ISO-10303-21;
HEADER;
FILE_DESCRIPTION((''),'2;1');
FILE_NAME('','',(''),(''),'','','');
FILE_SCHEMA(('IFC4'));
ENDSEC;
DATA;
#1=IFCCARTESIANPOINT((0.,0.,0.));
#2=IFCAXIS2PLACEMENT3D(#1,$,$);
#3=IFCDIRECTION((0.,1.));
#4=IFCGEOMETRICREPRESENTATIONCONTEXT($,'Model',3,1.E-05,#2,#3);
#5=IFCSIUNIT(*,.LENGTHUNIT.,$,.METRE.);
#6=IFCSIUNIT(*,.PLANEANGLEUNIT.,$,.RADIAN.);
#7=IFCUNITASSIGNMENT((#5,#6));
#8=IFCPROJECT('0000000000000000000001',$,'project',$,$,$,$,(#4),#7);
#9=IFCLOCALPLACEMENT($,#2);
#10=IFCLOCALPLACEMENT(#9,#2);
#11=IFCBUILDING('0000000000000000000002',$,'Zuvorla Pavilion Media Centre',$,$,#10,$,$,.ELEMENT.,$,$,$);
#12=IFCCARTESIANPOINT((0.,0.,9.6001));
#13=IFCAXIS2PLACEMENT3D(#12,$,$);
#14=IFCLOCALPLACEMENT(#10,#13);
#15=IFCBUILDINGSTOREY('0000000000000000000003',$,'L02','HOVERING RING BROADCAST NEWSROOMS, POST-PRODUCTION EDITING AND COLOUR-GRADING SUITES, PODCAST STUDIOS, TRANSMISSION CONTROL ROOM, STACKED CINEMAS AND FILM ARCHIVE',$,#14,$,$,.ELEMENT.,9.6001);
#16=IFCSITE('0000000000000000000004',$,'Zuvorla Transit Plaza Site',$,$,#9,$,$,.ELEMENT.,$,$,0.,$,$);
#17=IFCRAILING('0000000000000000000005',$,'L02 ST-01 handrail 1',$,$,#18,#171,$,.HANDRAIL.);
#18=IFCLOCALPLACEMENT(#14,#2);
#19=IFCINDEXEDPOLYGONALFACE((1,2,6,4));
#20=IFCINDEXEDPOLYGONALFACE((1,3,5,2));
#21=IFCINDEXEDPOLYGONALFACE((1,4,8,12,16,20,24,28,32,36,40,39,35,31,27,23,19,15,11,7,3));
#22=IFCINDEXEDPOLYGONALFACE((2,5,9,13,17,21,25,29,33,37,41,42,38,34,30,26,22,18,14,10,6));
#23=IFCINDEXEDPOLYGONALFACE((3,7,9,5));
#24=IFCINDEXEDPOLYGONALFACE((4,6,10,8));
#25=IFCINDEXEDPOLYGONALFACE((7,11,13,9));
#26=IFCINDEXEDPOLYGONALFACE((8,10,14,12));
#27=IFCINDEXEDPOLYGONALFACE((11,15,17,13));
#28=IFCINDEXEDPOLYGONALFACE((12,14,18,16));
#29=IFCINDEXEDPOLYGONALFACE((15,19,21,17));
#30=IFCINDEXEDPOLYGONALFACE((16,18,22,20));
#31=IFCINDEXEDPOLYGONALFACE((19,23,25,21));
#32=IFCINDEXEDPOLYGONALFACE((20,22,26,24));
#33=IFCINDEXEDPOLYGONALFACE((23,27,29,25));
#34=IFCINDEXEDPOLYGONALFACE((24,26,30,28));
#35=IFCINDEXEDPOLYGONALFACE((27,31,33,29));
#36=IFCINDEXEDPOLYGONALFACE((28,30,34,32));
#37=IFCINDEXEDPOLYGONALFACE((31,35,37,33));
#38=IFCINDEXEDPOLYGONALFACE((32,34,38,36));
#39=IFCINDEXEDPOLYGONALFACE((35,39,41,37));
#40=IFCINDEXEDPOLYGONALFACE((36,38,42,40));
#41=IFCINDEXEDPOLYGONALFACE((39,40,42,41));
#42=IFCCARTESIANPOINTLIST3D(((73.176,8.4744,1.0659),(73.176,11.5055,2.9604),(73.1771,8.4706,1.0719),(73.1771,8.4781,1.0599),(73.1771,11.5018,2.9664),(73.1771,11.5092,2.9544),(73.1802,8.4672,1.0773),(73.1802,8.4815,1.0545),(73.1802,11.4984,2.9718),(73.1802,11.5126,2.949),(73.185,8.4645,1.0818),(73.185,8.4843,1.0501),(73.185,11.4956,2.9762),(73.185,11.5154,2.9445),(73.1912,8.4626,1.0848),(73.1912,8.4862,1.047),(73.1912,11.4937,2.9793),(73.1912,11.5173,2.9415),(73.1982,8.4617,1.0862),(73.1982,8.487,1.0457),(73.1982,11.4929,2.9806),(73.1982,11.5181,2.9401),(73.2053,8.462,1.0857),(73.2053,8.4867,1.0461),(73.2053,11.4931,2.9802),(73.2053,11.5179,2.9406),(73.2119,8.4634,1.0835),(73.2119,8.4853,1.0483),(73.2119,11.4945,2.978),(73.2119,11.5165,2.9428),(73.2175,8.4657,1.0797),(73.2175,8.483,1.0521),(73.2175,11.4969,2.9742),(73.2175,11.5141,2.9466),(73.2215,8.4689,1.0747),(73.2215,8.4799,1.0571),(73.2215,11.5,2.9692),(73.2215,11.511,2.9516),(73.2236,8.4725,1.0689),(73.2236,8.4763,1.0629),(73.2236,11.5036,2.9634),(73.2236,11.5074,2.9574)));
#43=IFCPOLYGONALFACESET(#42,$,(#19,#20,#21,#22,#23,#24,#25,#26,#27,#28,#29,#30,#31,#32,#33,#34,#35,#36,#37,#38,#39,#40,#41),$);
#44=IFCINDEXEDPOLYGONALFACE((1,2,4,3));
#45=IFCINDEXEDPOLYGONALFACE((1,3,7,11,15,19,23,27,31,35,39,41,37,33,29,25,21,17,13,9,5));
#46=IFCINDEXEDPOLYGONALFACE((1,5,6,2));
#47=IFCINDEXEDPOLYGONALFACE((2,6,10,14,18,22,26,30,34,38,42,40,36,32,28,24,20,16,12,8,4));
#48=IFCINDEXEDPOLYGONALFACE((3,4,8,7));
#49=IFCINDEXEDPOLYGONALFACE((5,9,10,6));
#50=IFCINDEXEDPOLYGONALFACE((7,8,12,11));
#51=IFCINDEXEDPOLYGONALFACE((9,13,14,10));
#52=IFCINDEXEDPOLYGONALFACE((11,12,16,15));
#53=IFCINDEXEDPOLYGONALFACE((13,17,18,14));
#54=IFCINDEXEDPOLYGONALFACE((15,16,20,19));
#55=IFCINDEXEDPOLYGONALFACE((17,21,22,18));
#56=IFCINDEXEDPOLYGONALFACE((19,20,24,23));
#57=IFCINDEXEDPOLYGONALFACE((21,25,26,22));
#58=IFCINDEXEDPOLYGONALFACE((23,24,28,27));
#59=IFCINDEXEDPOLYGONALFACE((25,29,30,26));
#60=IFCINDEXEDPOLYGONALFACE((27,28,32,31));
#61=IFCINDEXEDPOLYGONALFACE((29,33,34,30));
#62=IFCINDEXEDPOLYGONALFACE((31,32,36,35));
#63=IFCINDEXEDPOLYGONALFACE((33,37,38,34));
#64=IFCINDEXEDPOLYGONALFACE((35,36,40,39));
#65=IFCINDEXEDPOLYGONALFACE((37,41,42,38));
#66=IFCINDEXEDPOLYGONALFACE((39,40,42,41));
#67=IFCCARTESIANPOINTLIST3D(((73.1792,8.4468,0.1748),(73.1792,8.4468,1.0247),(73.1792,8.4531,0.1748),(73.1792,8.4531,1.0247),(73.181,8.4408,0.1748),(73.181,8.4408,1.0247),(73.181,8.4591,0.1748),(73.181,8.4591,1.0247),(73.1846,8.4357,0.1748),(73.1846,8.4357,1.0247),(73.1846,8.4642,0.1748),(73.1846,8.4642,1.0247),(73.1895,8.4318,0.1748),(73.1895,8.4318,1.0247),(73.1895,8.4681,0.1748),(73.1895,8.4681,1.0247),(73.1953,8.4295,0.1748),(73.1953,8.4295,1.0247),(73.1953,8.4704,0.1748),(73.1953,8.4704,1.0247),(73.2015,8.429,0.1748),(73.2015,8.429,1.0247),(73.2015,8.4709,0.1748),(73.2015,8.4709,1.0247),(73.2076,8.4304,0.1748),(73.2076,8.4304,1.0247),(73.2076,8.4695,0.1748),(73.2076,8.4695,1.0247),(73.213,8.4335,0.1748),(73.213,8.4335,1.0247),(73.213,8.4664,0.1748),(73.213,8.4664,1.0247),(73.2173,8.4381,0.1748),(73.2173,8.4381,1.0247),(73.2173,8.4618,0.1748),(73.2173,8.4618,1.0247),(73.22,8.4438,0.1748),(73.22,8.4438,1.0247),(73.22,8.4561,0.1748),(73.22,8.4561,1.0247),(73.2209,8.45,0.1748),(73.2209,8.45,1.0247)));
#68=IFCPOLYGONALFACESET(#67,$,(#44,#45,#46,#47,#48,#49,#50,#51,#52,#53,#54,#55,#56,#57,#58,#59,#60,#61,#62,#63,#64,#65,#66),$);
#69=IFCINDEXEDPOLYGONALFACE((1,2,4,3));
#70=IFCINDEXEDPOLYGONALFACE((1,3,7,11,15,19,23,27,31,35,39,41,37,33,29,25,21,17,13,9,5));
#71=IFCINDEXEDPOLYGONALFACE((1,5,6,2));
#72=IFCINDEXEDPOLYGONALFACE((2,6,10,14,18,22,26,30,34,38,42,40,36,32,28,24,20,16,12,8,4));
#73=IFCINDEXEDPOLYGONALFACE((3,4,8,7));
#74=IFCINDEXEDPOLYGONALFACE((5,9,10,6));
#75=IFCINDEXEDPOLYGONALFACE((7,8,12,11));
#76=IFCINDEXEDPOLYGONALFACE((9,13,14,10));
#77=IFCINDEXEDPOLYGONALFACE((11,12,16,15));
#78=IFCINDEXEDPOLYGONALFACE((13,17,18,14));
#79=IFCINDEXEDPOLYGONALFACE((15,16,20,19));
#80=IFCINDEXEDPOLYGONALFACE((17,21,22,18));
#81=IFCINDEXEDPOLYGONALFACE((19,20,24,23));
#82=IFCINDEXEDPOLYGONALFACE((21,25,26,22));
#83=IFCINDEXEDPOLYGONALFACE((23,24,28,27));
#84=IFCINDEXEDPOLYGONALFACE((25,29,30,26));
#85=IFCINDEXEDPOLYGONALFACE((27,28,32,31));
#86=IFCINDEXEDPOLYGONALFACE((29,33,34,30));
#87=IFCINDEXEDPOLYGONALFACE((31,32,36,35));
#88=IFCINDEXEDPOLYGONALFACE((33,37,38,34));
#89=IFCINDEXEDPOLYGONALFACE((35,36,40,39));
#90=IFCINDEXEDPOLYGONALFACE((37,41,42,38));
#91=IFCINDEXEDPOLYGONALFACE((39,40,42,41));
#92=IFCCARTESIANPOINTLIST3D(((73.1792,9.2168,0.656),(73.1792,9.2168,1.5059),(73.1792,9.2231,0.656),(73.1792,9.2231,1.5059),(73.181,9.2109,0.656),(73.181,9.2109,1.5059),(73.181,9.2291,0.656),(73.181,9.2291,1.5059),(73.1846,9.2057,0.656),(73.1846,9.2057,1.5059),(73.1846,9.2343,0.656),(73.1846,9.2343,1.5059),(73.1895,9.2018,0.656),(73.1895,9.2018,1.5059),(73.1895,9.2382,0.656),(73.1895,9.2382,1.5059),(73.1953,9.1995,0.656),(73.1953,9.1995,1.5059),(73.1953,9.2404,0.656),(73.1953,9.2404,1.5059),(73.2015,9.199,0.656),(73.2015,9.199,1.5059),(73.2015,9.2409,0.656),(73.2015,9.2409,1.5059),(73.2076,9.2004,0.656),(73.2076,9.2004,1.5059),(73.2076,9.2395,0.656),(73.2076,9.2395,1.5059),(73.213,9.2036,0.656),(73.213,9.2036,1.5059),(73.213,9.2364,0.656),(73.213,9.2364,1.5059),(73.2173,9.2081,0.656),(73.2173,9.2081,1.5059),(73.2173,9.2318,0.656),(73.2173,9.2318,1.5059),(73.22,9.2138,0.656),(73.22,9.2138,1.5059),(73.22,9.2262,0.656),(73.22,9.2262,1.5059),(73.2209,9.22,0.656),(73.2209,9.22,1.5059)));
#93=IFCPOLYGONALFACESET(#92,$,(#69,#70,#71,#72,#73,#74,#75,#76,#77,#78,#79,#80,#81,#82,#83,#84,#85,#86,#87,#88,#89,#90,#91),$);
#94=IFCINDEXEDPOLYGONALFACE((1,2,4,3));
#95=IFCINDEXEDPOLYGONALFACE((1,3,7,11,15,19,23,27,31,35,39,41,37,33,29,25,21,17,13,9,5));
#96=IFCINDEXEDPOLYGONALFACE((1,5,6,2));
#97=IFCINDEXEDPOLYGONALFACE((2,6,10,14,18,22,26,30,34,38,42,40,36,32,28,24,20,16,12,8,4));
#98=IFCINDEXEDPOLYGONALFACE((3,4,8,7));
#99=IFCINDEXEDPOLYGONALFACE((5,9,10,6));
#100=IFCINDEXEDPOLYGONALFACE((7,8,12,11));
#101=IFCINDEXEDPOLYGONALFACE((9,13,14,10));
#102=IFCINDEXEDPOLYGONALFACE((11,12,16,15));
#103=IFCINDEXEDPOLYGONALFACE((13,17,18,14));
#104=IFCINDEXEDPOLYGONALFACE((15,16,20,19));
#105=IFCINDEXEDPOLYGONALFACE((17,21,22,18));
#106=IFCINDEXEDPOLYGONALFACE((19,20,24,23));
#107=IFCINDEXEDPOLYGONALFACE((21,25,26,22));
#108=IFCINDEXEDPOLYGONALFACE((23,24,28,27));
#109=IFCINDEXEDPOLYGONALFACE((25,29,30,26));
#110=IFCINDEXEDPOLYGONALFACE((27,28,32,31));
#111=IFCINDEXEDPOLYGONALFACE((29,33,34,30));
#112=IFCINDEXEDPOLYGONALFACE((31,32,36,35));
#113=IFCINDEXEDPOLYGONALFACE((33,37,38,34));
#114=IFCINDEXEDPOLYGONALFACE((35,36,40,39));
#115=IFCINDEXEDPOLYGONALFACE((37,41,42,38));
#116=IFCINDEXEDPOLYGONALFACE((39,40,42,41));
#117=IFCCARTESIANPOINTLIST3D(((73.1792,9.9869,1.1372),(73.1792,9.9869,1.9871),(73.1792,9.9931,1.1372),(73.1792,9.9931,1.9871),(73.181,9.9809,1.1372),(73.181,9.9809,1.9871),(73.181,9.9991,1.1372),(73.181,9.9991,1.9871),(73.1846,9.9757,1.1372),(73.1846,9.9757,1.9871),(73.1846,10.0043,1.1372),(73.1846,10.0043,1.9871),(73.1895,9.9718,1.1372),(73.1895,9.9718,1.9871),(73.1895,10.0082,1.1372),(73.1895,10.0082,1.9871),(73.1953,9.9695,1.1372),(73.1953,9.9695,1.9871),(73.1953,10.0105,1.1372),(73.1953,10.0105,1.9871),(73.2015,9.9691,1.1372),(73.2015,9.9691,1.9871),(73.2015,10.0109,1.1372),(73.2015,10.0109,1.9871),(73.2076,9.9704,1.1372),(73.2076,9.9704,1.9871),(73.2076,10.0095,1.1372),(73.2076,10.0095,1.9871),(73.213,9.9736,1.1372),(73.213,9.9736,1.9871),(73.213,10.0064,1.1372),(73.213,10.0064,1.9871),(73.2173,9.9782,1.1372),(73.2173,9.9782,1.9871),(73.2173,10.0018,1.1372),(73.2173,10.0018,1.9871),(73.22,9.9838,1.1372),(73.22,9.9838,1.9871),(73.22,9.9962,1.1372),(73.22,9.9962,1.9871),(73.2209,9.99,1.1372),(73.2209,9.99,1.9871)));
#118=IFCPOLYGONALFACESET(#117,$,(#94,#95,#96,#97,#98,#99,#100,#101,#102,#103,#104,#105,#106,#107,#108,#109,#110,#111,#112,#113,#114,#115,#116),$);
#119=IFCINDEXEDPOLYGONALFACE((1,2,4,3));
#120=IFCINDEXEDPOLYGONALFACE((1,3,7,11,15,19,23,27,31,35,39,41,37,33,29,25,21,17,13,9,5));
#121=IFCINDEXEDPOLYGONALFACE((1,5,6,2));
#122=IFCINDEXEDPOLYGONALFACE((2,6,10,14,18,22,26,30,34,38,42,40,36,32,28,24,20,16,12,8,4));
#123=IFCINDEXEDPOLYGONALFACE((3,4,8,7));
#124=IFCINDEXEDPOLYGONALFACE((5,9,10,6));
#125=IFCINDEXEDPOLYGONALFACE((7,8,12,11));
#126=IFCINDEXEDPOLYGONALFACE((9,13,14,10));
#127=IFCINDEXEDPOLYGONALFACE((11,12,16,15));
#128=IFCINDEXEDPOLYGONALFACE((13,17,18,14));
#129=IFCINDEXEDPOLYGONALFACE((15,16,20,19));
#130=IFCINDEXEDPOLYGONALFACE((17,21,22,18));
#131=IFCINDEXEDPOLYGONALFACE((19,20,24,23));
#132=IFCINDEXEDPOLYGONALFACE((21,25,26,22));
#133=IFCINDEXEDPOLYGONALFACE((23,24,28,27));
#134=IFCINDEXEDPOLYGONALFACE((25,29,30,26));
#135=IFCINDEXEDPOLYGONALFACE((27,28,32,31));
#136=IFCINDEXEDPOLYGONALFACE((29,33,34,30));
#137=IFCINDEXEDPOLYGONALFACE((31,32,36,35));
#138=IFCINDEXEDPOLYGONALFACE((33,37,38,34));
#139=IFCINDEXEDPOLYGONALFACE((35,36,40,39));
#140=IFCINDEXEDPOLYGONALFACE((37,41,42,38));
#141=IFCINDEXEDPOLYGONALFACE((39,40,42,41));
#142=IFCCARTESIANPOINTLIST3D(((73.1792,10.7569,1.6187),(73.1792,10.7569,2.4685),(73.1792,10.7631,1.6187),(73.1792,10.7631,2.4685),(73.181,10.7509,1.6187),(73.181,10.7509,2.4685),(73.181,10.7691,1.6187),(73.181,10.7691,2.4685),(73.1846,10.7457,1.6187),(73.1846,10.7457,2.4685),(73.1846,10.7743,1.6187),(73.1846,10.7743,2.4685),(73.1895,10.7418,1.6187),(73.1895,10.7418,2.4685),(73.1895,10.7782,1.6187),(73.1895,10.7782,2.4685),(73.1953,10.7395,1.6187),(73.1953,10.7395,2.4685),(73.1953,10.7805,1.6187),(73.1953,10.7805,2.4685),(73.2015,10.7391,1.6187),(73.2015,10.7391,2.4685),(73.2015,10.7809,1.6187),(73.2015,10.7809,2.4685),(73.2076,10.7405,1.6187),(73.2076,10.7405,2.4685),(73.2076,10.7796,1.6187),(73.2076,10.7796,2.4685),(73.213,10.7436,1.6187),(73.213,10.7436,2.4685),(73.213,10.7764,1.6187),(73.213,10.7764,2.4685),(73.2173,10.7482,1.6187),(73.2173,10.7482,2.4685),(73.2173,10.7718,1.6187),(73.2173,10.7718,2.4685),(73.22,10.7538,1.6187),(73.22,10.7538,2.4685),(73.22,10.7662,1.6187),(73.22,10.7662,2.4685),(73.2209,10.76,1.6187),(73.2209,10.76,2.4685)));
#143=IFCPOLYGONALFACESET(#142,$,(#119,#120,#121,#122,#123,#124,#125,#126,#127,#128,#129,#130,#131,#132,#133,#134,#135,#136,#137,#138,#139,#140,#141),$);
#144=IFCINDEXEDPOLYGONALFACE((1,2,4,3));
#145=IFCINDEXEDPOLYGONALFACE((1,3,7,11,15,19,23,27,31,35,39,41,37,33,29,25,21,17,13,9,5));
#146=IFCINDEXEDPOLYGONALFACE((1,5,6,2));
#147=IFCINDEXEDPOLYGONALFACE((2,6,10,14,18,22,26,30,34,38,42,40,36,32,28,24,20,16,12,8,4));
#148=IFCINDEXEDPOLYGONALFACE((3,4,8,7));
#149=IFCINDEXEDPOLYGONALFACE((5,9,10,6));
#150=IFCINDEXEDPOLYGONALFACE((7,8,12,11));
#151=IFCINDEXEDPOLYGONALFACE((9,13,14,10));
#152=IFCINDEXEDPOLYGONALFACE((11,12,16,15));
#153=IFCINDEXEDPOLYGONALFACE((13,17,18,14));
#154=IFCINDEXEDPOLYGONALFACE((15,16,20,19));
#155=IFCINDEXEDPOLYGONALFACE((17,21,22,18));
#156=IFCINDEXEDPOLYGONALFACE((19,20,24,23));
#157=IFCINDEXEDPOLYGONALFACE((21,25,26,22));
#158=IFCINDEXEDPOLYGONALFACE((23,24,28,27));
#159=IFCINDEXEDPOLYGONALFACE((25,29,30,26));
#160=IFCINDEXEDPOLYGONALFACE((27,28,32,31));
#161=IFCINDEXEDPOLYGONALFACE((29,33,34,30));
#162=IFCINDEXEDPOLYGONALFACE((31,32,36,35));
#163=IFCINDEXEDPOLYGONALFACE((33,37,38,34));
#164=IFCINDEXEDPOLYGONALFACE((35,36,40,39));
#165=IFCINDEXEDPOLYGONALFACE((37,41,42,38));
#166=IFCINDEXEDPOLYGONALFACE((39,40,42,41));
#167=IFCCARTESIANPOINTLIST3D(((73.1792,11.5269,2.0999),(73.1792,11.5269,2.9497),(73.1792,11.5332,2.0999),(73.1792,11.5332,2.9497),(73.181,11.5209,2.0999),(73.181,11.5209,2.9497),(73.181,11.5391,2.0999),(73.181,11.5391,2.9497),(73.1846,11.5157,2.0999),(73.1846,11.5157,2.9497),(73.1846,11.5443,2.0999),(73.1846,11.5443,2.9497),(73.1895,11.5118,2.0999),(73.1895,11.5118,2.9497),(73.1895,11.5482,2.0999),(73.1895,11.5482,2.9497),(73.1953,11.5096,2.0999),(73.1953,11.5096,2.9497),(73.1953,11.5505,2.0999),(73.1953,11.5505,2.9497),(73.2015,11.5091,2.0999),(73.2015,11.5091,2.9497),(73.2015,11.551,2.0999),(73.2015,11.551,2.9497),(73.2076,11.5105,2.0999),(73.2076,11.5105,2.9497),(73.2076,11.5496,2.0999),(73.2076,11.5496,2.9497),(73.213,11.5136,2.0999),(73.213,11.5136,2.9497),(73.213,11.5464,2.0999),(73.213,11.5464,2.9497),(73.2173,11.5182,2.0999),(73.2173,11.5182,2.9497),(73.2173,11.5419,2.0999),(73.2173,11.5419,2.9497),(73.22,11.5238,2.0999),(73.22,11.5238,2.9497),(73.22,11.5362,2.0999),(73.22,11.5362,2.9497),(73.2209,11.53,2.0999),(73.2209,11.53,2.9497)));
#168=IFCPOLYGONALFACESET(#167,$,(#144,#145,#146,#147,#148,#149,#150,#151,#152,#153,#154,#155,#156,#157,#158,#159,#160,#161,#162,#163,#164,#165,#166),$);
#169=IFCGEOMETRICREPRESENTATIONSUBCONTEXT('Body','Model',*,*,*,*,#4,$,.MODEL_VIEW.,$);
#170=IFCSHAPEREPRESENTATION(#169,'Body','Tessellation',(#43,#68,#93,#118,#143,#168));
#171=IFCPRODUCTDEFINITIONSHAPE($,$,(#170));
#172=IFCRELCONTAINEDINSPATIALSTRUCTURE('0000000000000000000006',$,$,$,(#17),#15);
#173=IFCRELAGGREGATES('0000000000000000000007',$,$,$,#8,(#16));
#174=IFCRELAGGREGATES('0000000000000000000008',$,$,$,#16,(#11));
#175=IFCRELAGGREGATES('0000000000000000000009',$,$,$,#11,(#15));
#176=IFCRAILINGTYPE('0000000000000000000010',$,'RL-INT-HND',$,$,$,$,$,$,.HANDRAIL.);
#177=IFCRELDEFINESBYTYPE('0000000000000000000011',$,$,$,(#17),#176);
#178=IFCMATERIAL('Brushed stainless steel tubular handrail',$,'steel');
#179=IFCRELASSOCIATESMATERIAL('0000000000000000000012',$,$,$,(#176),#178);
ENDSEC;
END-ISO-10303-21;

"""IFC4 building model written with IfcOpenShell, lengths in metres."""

from ifc_helpers import new_model, si_unit, direction, frame, origin, origin_2d, place, context, subcontext, project, spatial, circle, extrude, material, type_object, element, save


model = new_model("IFC4")

# Units and contexts
model_context = context("Model", 3, precision=1e-05, world=origin(), true_north=direction((0.0, 1.0)))
body_context = subcontext(model_context, "Body", "Model", "MODEL_VIEW")
ifc_project = project(units=[si_unit("LENGTHUNIT", "METRE"), si_unit("PLANEANGLEUNIT", "RADIAN")], contexts=[model_context])

# Site, building, storey
site_placement = place(None, origin())
site = spatial("IfcSite", under=ifc_project, at=site_placement, Name="Zuvorla Transit Plaza Site", CompositionType="ELEMENT", RefElevation=0.0)
building_placement = place(site_placement, origin())
building = spatial("IfcBuilding", under=site, at=building_placement, Name="Zuvorla Pavilion Media Centre", CompositionType="ELEMENT")
storey_placement = place(building_placement, frame((0.0, 0.0, 9.6001)))
storey = spatial("IfcBuildingStorey", under=building, at=storey_placement, Name="L02", Description="HOVERING RING BROADCAST NEWSROOMS, POST-PRODUCTION EDITING AND COLOUR-GRADING SUITES, PODCAST STUDIOS, TRANSMISSION CONTROL ROOM, STACKED CINEMAS AND FILM ARCHIVE", CompositionType="ELEMENT", Elevation=9.6001)

# Railing
ifc_material_1 = material(Name="Brushed stainless steel tubular handrail", Category="steel")
railing_type_1 = type_object("IfcRailingType", Name="RL-INT-HND", PredefinedType="HANDRAIL", material=ifc_material_1)
railing_1_placement = place(storey_placement, frame((73.2, 8.45, 0.1748)))
element("IfcRailing", 1, at=railing_1_placement, inside=storey, type_object=railing_type_1, Name="L02 ST-01 handrail 1", PredefinedType="HANDRAIL", context=body_context, shape_type="SweptSolid", body=[
    extrude(circle(Radius=0.0239, at=origin_2d()), frame((0.0, 0.0244, 0.8911), z_axis=(0.0, 0.847998, 0.529999), x_axis=(-1.0, 0.0, 0.0)), (0.0, 0.0, 1.0), 3.5745),
    extrude(circle(Radius=0.021, at=origin_2d()), origin(), (0.0, 0.0, 1.0), 0.8499),
    extrude(circle(Radius=0.021, at=origin_2d()), frame((0.0, 0.77, 0.4812)), (0.0, 0.0, 1.0), 0.8499),
    extrude(circle(Radius=0.021, at=origin_2d()), frame((0.0, 1.54, 0.9624)), (0.0, 0.0, 1.0), 0.8499),
    extrude(circle(Radius=0.021, at=origin_2d()), frame((0.0, 2.3101, 1.4438)), (0.0, 0.0, 1.0), 0.8499),
    extrude(circle(Radius=0.021, at=origin_2d()), frame((0.0, 3.0801, 1.925)), (0.0, 0.0, 1.0), 0.8499),
])

save(model, "model.ifc")
